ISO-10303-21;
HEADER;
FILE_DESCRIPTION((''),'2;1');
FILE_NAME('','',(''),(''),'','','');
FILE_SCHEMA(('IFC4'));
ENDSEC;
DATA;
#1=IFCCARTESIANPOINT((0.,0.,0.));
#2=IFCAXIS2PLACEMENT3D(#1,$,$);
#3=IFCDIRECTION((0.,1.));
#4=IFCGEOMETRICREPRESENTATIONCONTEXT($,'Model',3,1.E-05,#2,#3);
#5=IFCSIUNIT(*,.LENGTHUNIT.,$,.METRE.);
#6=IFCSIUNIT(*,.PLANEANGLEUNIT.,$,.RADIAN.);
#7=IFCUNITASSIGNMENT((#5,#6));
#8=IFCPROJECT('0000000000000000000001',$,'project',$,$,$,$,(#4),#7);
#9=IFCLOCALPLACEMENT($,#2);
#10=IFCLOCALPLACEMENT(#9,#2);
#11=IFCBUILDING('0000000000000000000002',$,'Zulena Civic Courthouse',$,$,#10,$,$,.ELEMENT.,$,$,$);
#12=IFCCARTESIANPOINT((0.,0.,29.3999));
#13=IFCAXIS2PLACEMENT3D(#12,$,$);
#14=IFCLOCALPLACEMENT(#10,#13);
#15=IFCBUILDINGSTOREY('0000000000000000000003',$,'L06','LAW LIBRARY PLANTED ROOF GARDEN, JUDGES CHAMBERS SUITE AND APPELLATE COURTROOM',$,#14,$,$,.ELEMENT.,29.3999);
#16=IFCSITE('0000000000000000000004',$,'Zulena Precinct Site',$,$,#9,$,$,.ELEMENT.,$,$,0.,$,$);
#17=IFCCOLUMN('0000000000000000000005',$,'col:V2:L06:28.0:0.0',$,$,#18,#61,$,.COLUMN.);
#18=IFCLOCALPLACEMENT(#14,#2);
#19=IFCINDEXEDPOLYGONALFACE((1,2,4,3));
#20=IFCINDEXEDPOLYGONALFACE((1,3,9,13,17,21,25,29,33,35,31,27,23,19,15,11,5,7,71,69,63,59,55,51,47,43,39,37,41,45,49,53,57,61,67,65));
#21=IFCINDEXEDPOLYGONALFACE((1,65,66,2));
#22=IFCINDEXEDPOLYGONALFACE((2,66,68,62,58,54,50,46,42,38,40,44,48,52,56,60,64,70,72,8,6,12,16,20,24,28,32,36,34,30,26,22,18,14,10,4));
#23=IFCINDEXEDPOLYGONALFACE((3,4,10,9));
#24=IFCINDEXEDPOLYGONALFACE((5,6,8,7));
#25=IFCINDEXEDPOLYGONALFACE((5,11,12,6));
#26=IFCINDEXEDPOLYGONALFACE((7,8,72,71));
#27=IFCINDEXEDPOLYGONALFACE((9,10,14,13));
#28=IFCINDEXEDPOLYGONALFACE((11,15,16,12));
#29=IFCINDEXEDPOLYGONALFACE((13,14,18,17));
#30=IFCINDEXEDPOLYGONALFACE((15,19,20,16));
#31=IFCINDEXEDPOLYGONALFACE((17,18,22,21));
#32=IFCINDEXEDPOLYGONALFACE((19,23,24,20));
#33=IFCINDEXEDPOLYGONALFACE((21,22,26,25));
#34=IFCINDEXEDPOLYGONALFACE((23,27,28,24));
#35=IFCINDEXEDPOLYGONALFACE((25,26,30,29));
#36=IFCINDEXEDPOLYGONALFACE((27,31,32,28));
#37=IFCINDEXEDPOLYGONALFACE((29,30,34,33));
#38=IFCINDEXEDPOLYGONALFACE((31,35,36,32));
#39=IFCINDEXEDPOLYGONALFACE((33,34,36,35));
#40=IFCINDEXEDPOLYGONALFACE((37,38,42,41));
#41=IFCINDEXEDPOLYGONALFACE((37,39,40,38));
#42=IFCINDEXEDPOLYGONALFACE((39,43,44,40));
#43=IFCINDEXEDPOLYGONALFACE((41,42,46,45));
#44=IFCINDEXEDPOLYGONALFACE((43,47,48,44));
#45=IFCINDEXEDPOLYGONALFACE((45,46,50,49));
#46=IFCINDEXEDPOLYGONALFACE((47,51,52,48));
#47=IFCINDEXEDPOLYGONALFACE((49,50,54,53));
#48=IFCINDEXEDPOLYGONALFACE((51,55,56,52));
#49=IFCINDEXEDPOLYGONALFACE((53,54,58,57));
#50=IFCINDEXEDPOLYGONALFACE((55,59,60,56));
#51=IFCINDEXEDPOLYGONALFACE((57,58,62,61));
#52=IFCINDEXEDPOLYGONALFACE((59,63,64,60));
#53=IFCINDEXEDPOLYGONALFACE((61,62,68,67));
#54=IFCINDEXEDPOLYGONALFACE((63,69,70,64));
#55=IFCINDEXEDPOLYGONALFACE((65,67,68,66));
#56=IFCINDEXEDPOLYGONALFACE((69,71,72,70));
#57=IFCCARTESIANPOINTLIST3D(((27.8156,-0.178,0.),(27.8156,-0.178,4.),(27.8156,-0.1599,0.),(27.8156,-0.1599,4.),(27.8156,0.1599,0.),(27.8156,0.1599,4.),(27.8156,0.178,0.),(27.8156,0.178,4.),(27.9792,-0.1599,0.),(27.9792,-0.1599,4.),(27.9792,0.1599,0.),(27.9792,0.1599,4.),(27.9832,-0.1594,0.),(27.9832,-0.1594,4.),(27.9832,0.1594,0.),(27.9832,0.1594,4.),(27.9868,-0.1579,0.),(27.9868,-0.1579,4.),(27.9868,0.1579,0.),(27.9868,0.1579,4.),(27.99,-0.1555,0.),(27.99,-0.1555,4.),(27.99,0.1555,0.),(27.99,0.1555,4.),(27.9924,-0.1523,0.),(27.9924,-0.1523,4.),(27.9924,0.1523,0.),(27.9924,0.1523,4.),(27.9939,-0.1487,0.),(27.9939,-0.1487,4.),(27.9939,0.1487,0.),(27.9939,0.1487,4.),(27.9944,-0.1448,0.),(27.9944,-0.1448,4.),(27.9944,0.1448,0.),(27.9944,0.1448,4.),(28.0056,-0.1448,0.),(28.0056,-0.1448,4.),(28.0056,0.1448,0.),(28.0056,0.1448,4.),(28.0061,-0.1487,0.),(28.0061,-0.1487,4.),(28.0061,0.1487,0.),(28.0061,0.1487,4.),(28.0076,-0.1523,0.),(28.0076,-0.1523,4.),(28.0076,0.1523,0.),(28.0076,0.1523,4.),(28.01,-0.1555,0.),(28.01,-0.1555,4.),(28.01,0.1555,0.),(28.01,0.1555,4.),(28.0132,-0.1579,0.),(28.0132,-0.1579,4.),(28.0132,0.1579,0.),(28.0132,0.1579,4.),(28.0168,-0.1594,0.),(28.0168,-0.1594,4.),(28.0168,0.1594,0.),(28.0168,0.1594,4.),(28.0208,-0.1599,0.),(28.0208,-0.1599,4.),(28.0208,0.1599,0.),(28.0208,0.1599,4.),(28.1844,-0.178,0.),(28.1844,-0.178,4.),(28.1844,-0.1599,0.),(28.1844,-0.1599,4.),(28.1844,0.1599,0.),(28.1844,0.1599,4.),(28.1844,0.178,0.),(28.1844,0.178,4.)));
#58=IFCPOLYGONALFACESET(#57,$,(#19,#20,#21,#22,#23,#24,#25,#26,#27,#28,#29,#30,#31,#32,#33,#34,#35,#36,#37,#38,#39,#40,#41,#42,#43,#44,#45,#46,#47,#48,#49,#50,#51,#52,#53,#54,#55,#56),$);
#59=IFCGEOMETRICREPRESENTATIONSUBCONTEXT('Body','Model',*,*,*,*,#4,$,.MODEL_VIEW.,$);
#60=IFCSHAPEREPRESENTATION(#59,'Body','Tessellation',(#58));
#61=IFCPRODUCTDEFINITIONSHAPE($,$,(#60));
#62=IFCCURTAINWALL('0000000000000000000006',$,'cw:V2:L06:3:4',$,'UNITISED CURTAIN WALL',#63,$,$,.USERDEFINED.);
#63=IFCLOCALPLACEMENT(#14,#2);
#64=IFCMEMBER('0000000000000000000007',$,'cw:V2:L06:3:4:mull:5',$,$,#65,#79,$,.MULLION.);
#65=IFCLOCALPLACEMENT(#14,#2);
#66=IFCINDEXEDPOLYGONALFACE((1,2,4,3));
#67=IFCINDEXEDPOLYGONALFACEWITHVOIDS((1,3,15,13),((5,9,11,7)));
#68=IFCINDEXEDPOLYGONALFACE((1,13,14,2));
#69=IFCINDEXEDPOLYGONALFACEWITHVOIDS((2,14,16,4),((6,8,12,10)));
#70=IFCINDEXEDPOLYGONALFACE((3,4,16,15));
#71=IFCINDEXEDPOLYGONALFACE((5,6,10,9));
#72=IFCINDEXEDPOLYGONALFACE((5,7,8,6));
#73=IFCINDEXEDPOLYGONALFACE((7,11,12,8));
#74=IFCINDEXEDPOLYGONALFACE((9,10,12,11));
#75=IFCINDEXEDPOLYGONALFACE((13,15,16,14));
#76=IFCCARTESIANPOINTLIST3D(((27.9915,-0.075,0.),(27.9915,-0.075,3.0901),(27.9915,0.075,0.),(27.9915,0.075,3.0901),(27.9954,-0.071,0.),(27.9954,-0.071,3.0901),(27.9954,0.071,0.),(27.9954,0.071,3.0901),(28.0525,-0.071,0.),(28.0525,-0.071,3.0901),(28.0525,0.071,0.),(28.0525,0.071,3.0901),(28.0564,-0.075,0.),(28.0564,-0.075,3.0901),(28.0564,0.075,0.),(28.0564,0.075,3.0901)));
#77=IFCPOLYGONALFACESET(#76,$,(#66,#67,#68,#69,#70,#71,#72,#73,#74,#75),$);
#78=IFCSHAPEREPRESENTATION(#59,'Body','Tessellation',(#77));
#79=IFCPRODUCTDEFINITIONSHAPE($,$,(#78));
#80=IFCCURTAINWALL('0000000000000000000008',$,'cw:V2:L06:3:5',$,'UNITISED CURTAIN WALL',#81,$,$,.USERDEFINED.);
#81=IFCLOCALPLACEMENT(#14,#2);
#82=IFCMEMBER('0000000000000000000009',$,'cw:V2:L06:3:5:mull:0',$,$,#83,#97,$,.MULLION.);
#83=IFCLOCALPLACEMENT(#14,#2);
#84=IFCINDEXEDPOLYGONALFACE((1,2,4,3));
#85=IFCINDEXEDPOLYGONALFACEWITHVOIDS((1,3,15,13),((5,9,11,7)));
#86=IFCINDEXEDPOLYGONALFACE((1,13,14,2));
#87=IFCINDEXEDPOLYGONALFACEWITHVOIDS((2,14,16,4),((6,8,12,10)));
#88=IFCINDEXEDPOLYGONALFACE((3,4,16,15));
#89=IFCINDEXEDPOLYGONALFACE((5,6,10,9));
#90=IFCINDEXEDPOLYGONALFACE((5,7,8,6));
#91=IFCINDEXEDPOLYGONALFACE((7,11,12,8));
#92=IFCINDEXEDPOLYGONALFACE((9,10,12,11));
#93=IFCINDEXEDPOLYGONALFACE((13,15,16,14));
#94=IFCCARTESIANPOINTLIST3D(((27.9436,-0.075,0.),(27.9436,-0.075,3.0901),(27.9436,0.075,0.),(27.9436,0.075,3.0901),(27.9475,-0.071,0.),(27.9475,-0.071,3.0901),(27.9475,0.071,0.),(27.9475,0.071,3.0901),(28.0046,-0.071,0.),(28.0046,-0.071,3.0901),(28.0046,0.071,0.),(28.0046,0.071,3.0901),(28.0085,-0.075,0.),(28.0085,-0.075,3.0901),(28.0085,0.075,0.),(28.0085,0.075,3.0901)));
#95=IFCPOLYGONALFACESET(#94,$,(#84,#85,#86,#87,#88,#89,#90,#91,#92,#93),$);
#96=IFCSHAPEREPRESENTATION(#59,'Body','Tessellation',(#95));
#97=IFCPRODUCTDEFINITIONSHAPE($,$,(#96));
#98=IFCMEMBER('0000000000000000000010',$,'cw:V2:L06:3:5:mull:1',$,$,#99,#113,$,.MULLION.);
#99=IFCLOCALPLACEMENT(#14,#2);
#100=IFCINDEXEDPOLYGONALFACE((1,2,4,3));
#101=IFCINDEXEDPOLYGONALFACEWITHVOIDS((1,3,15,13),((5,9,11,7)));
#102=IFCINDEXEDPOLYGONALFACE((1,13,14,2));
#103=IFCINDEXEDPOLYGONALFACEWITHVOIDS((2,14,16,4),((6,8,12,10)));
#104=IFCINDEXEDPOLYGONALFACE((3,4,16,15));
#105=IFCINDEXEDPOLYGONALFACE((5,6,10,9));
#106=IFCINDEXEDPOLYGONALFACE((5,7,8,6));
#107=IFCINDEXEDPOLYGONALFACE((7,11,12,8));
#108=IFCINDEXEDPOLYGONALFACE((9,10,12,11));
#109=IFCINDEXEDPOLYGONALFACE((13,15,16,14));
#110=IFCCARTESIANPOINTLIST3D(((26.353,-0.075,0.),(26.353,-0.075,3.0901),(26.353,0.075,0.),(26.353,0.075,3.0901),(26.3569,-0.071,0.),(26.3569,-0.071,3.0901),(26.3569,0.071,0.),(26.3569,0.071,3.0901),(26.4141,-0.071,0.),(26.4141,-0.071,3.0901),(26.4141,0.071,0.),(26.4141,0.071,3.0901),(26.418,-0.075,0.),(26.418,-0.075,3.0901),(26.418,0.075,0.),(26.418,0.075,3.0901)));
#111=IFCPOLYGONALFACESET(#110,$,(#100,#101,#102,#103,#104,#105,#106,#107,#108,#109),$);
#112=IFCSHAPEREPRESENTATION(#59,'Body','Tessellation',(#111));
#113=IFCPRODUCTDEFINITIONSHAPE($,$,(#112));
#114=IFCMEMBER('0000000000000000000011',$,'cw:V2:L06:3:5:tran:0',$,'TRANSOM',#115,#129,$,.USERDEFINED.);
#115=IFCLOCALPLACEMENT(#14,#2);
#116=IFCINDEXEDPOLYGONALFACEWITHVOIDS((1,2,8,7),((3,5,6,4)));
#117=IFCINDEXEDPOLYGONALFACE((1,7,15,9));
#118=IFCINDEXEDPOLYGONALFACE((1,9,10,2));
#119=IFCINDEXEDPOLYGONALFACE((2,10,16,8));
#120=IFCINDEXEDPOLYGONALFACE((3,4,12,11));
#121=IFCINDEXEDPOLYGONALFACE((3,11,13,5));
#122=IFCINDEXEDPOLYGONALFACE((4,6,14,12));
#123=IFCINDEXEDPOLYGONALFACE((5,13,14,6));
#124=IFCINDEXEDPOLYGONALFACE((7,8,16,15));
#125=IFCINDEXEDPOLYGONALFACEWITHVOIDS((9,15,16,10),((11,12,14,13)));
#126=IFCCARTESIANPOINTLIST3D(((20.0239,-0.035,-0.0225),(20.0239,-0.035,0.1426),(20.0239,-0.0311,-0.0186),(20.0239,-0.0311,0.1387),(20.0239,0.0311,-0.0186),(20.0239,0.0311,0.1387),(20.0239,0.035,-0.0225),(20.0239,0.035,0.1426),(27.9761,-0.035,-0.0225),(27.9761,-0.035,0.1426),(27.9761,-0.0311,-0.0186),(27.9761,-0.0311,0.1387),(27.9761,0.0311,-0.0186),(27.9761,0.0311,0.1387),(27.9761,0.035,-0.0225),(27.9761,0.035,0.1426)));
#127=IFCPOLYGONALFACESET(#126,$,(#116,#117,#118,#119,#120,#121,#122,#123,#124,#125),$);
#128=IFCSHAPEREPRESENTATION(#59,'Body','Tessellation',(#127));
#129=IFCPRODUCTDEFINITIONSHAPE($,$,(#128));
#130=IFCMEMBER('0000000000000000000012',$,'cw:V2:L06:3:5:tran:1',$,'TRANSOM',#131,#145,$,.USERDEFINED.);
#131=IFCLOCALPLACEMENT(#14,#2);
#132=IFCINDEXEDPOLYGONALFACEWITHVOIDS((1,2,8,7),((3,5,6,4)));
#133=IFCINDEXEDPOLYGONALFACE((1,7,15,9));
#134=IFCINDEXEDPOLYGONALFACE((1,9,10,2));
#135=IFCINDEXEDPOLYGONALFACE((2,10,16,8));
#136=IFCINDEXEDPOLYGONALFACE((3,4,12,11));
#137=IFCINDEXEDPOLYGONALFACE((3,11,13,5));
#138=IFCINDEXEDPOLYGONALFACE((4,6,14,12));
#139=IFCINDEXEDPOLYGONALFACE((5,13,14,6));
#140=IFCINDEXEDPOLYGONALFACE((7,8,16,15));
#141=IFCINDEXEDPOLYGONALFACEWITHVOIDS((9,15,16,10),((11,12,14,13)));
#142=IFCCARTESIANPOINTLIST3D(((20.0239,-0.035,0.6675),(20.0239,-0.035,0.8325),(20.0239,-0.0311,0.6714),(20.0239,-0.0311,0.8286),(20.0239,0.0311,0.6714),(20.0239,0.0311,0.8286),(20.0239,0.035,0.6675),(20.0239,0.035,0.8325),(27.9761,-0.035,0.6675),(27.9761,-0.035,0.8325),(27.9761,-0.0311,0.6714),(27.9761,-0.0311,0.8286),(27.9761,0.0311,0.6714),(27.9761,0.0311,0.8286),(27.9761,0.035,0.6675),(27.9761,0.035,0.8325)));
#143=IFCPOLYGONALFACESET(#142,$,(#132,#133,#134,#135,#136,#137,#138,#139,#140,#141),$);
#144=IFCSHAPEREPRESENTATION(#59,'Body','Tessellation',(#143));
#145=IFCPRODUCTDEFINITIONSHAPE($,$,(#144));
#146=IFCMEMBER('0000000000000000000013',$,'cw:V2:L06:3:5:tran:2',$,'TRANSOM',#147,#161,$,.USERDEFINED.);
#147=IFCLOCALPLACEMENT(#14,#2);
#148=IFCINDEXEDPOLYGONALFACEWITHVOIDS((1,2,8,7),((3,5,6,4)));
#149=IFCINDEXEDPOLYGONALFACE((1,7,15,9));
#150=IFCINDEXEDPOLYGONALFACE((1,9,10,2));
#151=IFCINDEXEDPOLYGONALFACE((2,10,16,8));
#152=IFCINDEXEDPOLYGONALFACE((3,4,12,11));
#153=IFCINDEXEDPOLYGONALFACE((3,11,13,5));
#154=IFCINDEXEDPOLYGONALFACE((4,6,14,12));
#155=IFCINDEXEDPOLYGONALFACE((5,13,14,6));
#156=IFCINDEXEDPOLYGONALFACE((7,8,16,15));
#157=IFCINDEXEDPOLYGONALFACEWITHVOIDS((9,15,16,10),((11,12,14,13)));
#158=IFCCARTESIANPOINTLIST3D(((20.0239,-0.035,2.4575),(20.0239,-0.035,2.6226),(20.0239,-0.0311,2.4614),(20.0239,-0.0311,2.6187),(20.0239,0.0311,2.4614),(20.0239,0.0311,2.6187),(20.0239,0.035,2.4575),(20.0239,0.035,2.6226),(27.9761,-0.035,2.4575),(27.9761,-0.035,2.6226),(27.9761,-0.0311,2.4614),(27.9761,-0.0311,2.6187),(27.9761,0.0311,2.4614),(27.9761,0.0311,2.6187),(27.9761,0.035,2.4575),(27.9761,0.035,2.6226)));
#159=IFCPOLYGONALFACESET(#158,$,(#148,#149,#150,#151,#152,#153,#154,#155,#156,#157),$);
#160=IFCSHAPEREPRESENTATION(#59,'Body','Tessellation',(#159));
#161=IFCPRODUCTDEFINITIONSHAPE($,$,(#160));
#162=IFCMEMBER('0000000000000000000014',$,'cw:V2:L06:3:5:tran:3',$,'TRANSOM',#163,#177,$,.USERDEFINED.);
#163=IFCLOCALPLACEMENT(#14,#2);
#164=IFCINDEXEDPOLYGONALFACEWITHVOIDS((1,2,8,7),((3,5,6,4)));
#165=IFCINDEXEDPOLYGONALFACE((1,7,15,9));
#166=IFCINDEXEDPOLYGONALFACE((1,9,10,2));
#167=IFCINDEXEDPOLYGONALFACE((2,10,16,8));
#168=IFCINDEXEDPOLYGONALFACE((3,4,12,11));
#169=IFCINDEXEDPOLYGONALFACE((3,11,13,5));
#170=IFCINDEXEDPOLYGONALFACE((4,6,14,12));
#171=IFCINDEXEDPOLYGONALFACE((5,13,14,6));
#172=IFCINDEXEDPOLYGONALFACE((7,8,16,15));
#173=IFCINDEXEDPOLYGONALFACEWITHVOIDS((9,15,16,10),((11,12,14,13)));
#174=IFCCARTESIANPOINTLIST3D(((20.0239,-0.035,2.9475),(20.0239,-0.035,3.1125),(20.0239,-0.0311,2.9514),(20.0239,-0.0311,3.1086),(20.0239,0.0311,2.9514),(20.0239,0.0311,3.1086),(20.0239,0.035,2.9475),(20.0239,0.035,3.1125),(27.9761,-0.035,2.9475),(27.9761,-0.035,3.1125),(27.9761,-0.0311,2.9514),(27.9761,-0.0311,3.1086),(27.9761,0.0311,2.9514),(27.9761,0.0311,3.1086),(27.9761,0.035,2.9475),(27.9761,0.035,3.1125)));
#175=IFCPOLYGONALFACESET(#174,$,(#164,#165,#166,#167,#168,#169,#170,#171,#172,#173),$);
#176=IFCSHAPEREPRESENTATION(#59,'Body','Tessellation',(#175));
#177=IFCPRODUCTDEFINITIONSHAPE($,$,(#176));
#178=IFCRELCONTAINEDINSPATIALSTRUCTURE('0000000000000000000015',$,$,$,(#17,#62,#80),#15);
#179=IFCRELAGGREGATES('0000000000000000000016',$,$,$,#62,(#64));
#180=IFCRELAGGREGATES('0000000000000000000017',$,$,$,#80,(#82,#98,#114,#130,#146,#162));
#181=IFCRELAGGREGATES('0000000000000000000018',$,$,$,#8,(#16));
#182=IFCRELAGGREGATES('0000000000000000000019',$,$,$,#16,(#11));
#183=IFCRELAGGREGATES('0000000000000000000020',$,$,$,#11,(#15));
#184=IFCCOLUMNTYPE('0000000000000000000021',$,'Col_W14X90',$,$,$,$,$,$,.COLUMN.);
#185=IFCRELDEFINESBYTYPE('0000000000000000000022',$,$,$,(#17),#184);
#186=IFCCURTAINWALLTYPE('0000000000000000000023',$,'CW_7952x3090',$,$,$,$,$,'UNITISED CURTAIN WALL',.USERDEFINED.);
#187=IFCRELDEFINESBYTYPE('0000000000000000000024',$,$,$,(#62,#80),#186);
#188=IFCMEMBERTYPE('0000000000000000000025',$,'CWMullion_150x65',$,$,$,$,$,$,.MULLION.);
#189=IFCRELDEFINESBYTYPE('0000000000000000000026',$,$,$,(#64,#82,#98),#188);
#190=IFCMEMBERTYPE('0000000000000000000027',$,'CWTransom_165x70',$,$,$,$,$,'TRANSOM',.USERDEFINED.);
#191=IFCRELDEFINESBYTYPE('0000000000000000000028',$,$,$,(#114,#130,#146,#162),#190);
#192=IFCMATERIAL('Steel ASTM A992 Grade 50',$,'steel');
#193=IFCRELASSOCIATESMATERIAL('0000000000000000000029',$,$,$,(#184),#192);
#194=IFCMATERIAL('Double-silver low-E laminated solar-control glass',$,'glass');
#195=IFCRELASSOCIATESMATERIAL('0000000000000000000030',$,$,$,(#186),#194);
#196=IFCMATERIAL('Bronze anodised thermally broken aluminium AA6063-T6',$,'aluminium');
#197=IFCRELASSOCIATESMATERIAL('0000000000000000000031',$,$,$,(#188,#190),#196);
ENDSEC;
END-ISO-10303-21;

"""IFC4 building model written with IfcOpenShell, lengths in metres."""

from ifc_helpers import new_model, si_unit, direction, frame, origin, origin_2d, place, context, subcontext, project, spatial, hollow_rectangle, i_section, extrude, material, material_profile, profile_set, type_object, element, aggregate, save


model = new_model("IFC4")

# Units and contexts
model_context = context("Model", 3, precision=1e-05, world=origin(), true_north=direction((0.0, 1.0)))
body_context = subcontext(model_context, "Body", "Model", "MODEL_VIEW")
ifc_project = project(units=[si_unit("LENGTHUNIT", "METRE"), si_unit("PLANEANGLEUNIT", "RADIAN")], contexts=[model_context])

# Site, building, storey
site_placement = place(None, origin())
site = spatial("IfcSite", under=ifc_project, at=site_placement, Name="Zulena Precinct Site", CompositionType="ELEMENT", RefElevation=0.0)
building_placement = place(site_placement, origin())
building = spatial("IfcBuilding", under=site, at=building_placement, Name="Zulena Civic Courthouse", CompositionType="ELEMENT")
storey_placement = place(building_placement, frame((0.0, 0.0, 29.3999)))
storey = spatial("IfcBuildingStorey", under=building, at=storey_placement, Name="L06", Description="LAW LIBRARY PLANTED ROOF GARDEN, JUDGES CHAMBERS SUITE AND APPELLATE COURTROOM", CompositionType="ELEMENT", Elevation=29.3999)

# Column
ifc_material_1 = material(Name="Steel ASTM A992 Grade 50", Category="steel")
ifc_material_profile_1 = material_profile(ifc_material_1, i_section(OverallWidth=0.3689, OverallDepth=0.356, WebThickness=0.0112, FlangeThickness=0.0181, FilletRadius=0.0151, at=origin_2d()), Name="W14X90")
ifc_profile_set_1 = profile_set([ifc_material_profile_1], Name="Steel ASTM A992 Grade 50")
column_type = type_object("IfcColumnType", Name="Col_W14X90", PredefinedType="COLUMN", material=ifc_profile_set_1)
column_placement = place(storey_placement, frame((28.0, 0.0, 0.0), z_axis=(0.0, 0.0, 1.0), x_axis=(1.0, 0.0, 0.0)))
element("IfcColumn", 1, at=column_placement, inside=storey, type_object=column_type, Name="col:V2:L06:28.0:0.0", PredefinedType="COLUMN", context=body_context, shape_type="SweptSolid", body=[
    extrude(i_section(OverallWidth=0.3689, OverallDepth=0.356, WebThickness=0.0112, FlangeThickness=0.0181, FilletRadius=0.0151, at=origin_2d()), origin(), (0.0, 0.0, 1.0), 4.0),
])

# Curtain wall, member
ifc_material_2 = material(Name="Double-silver low-E laminated solar-control glass", Category="glass")
curtain_wall_type = type_object("IfcCurtainWallType", Name="CW_7952x3090", ElementType="UNITISED CURTAIN WALL", PredefinedType="USERDEFINED", material=ifc_material_2)
curtain_wall_1_placement = place(storey_placement, origin())
curtain_wall_1 = element("IfcCurtainWall", 2, at=curtain_wall_1_placement, inside=storey, type_object=curtain_wall_type, Name="cw:V2:L06:3:4", ObjectType="UNITISED CURTAIN WALL", PredefinedType="USERDEFINED")
ifc_material_3 = material(Name="Bronze anodised thermally broken aluminium AA6063-T6", Category="aluminium")
ifc_material_profile_2 = material_profile(ifc_material_3, hollow_rectangle(XDim=0.0649, YDim=0.1499, WallThickness=0.0039, at=origin_2d()), Name="CWM150X65X4")
ifc_profile_set_2 = profile_set([ifc_material_profile_2], Name="Bronze anodised thermally broken aluminium AA6063-T6")
member_type_1 = type_object("IfcMemberType", Name="CWMullion_150x65", PredefinedType="MULLION", material=ifc_profile_set_2)
member_1_placement = place(storey_placement, frame((28.0239, 0.0, 0.0), z_axis=(0.0, 0.0, 1.0), x_axis=(1.0, 0.0, 0.0)))
member_1 = element("IfcMember", 3, at=member_1_placement, type_object=member_type_1, Name="cw:V2:L06:3:4:mull:5", PredefinedType="MULLION", context=body_context, shape_type="SweptSolid", body=[
    extrude(hollow_rectangle(XDim=0.0649, YDim=0.1499, WallThickness=0.0039, at=origin_2d()), origin(), (0.0, 0.0, 1.0), 3.0901),
])

# Curtain wall, members
curtain_wall_2_placement = place(storey_placement, origin())
curtain_wall_2 = element("IfcCurtainWall", 4, at=curtain_wall_2_placement, inside=storey, type_object=curtain_wall_type, Name="cw:V2:L06:3:5", ObjectType="UNITISED CURTAIN WALL", PredefinedType="USERDEFINED")
member_2_placement = place(storey_placement, frame((27.9761, 0.0, 0.0), z_axis=(0.0, 0.0, 1.0), x_axis=(1.0, 0.0, 0.0)))
member_2 = element("IfcMember", 5, at=member_2_placement, type_object=member_type_1, Name="cw:V2:L06:3:5:mull:0", PredefinedType="MULLION", context=body_context, shape_type="SweptSolid", body=[
    extrude(hollow_rectangle(XDim=0.0649, YDim=0.1499, WallThickness=0.0039, at=origin_2d()), origin(), (0.0, 0.0, 1.0), 3.0901),
])
member_3_placement = place(storey_placement, frame((26.3855, 0.0, 0.0), z_axis=(0.0, 0.0, 1.0), x_axis=(1.0, 0.0, 0.0)))
member_3 = element("IfcMember", 6, at=member_3_placement, type_object=member_type_1, Name="cw:V2:L06:3:5:mull:1", PredefinedType="MULLION", context=body_context, shape_type="SweptSolid", body=[
    extrude(hollow_rectangle(XDim=0.0649, YDim=0.1499, WallThickness=0.0039, at=origin_2d()), origin(), (0.0, 0.0, 1.0), 3.0901),
])
ifc_material_profile_3 = material_profile(ifc_material_3, hollow_rectangle(XDim=0.0701, YDim=0.165, WallThickness=0.0039, at=origin_2d()), Name="CWT165X70X4")
ifc_profile_set_3 = profile_set([ifc_material_profile_3], Name="Bronze anodised thermally broken aluminium AA6063-T6")
member_type_2 = type_object("IfcMemberType", Name="CWTransom_165x70", ElementType="TRANSOM", PredefinedType="USERDEFINED", material=ifc_profile_set_3)
member_4_placement = place(storey_placement, frame((27.9761, 0.0, 0.0601), z_axis=(-1.0, 0.0, 0.0), x_axis=(0.0, -1.0, 0.0)))
member_4 = element("IfcMember", 7, at=member_4_placement, type_object=member_type_2, Name="cw:V2:L06:3:5:tran:0", ObjectType="TRANSOM", PredefinedType="USERDEFINED", context=body_context, shape_type="SweptSolid", body=[
    extrude(hollow_rectangle(XDim=0.0701, YDim=0.165, WallThickness=0.0039, at=origin_2d()), origin(), (0.0, 0.0, 1.0), 7.9521),
])
member_5_placement = place(storey_placement, frame((27.9761, 0.0, 0.75), z_axis=(-1.0, 0.0, 0.0), x_axis=(0.0, -1.0, 0.0)))
member_5 = element("IfcMember", 8, at=member_5_placement, type_object=member_type_2, Name="cw:V2:L06:3:5:tran:1", ObjectType="TRANSOM", PredefinedType="USERDEFINED", context=body_context, shape_type="SweptSolid", body=[
    extrude(hollow_rectangle(XDim=0.0701, YDim=0.165, WallThickness=0.0039, at=origin_2d()), origin(), (0.0, 0.0, 1.0), 7.9521),
])
member_6_placement = place(storey_placement, frame((27.9761, 0.0, 2.54), z_axis=(-1.0, 0.0, 0.0), x_axis=(0.0, -1.0, 0.0)))
member_6 = element("IfcMember", 9, at=member_6_placement, type_object=member_type_2, Name="cw:V2:L06:3:5:tran:2", ObjectType="TRANSOM", PredefinedType="USERDEFINED", context=body_context, shape_type="SweptSolid", body=[
    extrude(hollow_rectangle(XDim=0.0701, YDim=0.165, WallThickness=0.0039, at=origin_2d()), origin(), (0.0, 0.0, 1.0), 7.9521),
])
member_7_placement = place(storey_placement, frame((27.9761, 0.0, 3.03), z_axis=(-1.0, 0.0, 0.0), x_axis=(0.0, -1.0, 0.0)))
member_7 = element("IfcMember", 10, at=member_7_placement, type_object=member_type_2, Name="cw:V2:L06:3:5:tran:3", ObjectType="TRANSOM", PredefinedType="USERDEFINED", context=body_context, shape_type="SweptSolid", body=[
    extrude(hollow_rectangle(XDim=0.0701, YDim=0.165, WallThickness=0.0039, at=origin_2d()), origin(), (0.0, 0.0, 1.0), 7.9521),
])

aggregate(curtain_wall_1, [member_1])
aggregate(curtain_wall_2, [member_2, member_3, member_4, member_5, member_6, member_7])

save(model, "model.ifc")
